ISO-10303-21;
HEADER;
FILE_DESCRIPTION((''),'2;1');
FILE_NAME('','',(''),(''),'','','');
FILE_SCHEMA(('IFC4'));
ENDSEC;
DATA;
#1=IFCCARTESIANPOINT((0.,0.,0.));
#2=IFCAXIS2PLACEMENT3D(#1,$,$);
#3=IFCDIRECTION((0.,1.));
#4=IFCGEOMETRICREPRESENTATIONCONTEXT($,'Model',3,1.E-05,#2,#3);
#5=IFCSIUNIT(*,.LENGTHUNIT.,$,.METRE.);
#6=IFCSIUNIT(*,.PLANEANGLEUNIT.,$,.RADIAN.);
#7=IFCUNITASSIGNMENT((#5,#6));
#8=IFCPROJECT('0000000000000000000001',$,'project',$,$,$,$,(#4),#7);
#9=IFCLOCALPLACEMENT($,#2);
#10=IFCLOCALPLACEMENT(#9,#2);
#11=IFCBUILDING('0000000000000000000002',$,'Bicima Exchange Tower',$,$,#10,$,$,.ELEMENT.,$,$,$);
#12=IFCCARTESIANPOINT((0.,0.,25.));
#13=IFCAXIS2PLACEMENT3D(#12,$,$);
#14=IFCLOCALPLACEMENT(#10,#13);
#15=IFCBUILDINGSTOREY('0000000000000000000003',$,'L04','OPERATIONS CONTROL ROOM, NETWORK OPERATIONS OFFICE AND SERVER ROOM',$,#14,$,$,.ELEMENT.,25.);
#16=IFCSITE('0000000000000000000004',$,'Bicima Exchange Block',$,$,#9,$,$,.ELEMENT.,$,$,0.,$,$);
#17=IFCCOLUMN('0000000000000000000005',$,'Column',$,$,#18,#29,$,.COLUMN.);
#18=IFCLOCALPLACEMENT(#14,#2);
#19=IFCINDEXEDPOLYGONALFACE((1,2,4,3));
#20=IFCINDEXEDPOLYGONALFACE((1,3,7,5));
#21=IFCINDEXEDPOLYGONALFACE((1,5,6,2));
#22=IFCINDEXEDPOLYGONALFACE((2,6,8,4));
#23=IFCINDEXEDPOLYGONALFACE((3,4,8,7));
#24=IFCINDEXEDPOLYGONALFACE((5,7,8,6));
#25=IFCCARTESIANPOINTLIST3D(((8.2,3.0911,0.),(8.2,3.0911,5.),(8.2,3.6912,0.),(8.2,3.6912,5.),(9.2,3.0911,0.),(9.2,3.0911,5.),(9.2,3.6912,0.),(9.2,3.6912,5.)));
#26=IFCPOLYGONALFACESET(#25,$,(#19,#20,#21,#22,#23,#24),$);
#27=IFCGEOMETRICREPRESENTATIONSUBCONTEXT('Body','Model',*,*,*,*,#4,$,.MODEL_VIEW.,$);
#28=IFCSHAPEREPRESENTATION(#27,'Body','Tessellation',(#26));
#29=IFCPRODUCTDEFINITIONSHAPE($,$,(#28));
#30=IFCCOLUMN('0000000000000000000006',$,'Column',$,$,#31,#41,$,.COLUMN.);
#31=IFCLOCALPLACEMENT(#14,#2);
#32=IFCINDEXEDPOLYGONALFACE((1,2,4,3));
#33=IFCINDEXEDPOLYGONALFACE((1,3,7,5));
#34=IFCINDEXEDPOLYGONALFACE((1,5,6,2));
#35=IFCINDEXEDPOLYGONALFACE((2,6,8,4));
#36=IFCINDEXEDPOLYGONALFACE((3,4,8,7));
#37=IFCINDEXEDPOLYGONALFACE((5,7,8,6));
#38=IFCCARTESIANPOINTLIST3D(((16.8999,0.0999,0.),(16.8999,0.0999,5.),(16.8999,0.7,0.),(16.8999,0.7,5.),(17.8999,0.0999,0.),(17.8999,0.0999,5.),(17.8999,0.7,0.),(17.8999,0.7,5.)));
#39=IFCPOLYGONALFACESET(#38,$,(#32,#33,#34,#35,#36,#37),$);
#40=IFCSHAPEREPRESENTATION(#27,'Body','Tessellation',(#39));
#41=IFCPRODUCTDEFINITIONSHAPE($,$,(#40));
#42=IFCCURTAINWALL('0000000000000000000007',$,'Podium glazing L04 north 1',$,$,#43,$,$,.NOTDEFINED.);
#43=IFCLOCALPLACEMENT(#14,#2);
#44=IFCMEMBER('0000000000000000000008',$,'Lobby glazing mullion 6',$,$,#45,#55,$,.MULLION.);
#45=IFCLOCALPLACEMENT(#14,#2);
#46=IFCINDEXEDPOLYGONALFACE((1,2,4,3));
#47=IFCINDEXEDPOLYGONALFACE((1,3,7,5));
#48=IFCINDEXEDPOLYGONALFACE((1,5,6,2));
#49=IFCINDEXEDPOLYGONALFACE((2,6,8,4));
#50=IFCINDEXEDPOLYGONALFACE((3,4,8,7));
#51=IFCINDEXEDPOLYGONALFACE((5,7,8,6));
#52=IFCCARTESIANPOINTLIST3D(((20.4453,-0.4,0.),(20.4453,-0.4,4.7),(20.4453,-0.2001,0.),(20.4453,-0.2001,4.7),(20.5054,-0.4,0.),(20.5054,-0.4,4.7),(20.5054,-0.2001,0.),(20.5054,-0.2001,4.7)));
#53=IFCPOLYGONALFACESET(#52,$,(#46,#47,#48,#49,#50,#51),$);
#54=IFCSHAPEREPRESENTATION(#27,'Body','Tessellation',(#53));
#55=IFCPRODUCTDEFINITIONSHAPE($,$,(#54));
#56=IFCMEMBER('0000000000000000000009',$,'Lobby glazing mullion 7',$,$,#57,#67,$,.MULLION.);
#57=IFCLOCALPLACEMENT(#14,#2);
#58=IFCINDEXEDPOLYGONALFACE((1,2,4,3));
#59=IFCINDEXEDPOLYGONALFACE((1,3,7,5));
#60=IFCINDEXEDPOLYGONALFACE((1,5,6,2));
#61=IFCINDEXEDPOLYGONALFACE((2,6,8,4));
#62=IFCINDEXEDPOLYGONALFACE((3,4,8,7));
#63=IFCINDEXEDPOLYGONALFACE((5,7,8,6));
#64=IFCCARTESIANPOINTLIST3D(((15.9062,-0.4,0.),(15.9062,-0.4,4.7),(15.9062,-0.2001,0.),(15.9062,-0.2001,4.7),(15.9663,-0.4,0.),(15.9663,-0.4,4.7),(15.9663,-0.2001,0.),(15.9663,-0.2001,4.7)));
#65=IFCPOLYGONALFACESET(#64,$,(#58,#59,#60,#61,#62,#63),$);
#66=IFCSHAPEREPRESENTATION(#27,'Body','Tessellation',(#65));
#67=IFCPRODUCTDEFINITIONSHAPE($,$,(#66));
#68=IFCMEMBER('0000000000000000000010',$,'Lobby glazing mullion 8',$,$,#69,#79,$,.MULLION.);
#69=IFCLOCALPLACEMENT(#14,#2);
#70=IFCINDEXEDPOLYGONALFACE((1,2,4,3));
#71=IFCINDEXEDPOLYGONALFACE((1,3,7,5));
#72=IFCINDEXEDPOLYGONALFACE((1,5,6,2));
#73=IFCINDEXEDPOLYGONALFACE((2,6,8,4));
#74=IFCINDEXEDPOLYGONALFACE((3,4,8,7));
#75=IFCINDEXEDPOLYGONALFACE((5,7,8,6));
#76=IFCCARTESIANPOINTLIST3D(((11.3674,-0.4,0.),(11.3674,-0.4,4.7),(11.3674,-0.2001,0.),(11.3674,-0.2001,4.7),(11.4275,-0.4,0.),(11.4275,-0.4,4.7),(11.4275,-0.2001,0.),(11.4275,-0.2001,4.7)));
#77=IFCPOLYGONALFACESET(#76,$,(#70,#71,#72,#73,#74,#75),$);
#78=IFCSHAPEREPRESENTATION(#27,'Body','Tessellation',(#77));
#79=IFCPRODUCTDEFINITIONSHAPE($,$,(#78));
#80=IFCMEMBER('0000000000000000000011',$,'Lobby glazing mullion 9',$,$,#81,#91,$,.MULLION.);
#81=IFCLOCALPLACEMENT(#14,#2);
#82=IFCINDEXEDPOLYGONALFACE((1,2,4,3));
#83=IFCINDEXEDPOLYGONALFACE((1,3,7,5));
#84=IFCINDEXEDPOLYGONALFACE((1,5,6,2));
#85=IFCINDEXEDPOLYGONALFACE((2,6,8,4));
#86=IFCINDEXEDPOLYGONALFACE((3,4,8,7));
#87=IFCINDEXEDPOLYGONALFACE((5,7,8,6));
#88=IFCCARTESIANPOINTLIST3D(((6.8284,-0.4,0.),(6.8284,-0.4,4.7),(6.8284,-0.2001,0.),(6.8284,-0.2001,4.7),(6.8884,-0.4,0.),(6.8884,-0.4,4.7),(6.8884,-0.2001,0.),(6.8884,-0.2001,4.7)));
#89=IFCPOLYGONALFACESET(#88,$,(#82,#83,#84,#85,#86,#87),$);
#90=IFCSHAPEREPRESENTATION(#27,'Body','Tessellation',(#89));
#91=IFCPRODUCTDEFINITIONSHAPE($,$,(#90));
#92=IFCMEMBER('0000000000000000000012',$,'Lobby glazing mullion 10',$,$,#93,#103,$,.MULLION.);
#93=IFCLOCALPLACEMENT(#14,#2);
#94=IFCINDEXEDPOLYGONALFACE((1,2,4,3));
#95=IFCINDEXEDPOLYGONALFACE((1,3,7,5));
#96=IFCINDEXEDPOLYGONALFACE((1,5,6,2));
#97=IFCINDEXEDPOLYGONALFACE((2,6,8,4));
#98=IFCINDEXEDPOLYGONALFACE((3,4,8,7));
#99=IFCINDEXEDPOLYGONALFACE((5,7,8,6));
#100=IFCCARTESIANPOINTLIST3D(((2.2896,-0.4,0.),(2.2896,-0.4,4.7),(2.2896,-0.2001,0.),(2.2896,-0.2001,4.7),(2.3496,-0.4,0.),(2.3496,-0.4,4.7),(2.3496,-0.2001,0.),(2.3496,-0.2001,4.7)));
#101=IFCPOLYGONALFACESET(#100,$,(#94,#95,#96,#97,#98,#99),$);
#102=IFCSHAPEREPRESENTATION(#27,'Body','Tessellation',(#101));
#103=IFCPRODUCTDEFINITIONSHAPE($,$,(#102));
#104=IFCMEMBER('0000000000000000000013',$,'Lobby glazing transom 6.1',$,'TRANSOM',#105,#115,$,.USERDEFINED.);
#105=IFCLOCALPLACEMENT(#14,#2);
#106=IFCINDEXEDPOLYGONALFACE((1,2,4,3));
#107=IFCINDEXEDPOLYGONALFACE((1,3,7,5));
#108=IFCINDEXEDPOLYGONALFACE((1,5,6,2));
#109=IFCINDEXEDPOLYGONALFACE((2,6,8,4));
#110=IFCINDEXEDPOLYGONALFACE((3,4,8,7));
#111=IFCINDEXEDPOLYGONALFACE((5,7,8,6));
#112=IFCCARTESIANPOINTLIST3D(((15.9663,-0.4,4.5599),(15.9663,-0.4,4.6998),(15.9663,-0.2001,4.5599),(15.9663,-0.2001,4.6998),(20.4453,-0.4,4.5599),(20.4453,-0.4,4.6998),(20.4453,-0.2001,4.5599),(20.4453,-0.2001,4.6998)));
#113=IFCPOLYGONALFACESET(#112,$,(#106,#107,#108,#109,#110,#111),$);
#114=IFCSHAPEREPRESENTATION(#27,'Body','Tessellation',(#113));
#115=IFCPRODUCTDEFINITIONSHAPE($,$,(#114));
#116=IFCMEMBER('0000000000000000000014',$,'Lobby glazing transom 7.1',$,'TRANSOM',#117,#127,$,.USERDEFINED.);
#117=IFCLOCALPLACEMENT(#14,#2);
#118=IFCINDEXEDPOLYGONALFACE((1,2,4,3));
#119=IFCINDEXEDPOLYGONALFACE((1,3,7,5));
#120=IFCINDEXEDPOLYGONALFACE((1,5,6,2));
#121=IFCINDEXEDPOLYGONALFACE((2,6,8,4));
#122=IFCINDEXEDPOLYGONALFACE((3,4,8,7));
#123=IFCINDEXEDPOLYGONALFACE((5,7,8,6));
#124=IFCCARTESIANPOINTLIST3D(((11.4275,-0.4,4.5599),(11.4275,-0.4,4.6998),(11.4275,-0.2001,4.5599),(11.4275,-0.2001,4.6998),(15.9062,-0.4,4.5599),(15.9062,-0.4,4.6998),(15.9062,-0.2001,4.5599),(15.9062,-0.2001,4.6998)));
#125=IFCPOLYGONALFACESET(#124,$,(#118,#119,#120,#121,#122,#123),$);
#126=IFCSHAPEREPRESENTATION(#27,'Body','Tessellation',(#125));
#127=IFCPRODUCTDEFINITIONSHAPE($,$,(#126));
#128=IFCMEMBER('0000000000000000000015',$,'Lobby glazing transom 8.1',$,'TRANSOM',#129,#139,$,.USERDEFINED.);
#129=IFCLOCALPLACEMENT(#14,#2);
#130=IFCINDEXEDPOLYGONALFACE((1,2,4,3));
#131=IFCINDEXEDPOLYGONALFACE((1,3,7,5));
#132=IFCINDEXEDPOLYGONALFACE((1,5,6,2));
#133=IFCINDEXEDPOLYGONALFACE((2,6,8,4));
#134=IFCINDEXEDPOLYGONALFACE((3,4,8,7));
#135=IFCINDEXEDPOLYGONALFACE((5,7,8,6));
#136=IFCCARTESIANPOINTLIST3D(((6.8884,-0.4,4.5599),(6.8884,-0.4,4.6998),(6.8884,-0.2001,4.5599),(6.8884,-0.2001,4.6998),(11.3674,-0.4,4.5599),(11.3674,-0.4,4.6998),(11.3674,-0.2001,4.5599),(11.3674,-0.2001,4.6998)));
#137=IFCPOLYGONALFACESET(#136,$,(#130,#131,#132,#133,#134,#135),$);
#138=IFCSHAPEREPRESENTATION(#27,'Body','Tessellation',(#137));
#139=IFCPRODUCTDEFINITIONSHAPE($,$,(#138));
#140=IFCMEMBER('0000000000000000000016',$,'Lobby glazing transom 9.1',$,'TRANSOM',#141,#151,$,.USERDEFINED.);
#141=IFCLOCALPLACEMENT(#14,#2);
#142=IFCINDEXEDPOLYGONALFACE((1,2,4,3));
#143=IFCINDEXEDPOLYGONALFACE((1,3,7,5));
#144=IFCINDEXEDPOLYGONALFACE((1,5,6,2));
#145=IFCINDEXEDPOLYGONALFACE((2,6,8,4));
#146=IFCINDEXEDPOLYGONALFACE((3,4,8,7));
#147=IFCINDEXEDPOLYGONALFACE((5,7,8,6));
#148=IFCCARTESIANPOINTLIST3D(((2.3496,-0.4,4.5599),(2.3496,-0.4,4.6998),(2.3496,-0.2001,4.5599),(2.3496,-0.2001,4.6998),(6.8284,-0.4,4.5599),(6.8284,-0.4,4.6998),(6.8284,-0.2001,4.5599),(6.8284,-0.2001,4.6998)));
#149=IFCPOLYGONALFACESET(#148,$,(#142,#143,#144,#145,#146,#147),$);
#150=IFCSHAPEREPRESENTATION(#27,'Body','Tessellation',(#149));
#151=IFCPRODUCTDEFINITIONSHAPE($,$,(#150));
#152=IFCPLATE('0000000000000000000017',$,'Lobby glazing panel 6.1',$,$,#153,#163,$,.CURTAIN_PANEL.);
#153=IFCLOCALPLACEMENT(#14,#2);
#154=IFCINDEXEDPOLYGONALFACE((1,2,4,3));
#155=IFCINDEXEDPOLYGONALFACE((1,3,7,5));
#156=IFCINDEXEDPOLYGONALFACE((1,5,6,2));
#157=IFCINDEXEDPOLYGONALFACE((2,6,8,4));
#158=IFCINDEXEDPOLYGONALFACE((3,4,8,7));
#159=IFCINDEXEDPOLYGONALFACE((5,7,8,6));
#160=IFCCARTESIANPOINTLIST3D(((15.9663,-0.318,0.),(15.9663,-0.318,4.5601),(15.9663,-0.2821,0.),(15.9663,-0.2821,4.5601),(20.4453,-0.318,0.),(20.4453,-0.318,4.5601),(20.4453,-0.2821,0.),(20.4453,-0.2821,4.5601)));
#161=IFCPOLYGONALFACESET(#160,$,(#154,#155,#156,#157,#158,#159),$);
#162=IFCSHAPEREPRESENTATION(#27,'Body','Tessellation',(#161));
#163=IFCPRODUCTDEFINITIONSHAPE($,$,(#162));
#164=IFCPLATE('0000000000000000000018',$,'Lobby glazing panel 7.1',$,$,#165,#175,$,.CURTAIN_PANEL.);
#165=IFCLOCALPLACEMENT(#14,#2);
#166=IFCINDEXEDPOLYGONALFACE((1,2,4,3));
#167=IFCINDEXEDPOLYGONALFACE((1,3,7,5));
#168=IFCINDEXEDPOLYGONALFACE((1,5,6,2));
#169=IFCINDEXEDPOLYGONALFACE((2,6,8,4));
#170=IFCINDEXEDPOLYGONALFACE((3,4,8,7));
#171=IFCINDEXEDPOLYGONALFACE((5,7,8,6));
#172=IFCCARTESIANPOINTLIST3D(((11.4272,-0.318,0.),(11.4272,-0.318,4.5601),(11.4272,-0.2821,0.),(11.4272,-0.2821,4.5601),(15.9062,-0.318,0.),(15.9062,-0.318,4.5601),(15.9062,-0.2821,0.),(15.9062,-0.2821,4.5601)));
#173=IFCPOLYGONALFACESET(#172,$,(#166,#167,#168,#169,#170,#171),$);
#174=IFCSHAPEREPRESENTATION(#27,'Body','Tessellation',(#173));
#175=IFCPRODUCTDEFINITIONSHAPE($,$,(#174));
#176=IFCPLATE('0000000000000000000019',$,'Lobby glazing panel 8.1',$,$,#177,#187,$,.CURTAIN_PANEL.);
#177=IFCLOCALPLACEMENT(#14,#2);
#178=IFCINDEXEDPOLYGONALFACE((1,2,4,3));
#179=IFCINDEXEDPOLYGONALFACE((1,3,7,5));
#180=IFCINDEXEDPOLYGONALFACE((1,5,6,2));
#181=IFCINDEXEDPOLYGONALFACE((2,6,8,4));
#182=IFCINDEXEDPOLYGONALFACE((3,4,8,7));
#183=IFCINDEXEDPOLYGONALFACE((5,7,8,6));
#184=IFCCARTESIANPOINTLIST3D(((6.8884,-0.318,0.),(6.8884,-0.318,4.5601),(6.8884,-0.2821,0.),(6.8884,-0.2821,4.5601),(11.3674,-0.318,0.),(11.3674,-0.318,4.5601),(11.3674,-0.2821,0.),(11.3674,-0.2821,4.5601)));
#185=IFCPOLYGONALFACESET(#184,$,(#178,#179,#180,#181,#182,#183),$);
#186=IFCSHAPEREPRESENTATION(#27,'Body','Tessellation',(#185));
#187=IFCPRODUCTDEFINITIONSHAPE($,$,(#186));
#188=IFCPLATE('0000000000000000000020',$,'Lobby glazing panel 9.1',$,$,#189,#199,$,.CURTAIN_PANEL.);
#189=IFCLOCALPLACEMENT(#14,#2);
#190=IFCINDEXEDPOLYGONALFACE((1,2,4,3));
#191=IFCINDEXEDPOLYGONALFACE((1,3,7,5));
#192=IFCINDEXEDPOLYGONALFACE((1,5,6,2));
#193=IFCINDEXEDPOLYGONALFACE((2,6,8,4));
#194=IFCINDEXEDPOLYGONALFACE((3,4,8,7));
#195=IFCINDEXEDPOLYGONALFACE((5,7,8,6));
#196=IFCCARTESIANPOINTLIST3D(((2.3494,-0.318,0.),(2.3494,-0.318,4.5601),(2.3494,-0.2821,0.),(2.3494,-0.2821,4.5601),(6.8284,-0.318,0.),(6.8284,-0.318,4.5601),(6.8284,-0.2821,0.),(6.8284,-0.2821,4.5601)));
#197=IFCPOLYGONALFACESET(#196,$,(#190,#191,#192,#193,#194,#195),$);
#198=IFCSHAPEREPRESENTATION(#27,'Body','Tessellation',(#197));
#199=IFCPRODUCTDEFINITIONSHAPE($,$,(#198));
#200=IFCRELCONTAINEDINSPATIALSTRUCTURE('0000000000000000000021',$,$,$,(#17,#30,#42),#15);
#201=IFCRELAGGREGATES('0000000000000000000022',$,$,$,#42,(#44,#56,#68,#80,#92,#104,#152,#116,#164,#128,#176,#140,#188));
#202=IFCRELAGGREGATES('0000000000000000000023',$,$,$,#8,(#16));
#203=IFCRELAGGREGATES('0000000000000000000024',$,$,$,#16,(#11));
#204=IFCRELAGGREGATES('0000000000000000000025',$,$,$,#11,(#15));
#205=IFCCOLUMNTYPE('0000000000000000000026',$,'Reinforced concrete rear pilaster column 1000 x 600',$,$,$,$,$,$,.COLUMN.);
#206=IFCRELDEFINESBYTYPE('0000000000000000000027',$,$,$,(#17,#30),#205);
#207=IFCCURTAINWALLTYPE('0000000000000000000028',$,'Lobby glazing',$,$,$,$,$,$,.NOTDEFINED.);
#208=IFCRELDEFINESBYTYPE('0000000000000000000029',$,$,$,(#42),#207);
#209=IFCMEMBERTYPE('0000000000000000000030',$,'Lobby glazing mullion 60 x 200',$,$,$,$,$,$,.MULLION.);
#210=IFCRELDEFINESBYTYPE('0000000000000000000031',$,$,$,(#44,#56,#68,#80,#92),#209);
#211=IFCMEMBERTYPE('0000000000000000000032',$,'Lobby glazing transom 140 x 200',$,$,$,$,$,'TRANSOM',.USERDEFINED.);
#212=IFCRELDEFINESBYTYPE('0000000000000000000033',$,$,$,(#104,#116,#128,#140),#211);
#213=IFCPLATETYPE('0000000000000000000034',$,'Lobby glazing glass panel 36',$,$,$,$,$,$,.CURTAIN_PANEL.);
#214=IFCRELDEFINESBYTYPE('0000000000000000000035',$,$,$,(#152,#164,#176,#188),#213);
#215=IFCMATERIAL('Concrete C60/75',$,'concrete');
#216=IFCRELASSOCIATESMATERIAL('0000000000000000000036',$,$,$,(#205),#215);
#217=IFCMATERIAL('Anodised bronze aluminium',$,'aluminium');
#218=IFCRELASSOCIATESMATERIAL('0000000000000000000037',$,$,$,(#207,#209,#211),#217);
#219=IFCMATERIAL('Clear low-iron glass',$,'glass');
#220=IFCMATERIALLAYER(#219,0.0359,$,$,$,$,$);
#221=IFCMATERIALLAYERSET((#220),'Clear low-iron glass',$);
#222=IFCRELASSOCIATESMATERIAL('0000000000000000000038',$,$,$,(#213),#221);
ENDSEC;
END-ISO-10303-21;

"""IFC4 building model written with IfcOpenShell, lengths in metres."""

from ifc_helpers import new_model, si_unit, direction, frame, origin, origin_2d, place, context, subcontext, project, spatial, rectangle, extrude, material, layer, layer_set, material_profile, profile_set, type_object, element, aggregate, save


model = new_model("IFC4")

# Units and contexts
model_context = context("Model", 3, precision=1e-05, world=origin(), true_north=direction((0.0, 1.0)))
body_context = subcontext(model_context, "Body", "Model", "MODEL_VIEW")
ifc_project = project(units=[si_unit("LENGTHUNIT", "METRE"), si_unit("PLANEANGLEUNIT", "RADIAN")], contexts=[model_context])

# Site, building, storey
site_placement = place(None, origin())
site = spatial("IfcSite", under=ifc_project, at=site_placement, Name="Bicima Exchange Block", CompositionType="ELEMENT", RefElevation=0.0)
building_placement = place(site_placement, origin())
building = spatial("IfcBuilding", under=site, at=building_placement, Name="Bicima Exchange Tower", CompositionType="ELEMENT")
storey_placement = place(building_placement, frame((0.0, 0.0, 25.0)))
storey = spatial("IfcBuildingStorey", under=building, at=storey_placement, Name="L04", Description="OPERATIONS CONTROL ROOM, NETWORK OPERATIONS OFFICE AND SERVER ROOM", CompositionType="ELEMENT", Elevation=25.0)

# Columns
ifc_material_1 = material(Name="Concrete C60/75", Category="concrete")
ifc_material_profile_1 = material_profile(ifc_material_1, rectangle(XDim=1.0, YDim=0.6001, at=origin_2d()))
ifc_profile_set_1 = profile_set([ifc_material_profile_1], Name="Concrete C60/75")
column_type = type_object("IfcColumnType", Name="Reinforced concrete rear pilaster column 1000 x 600", PredefinedType="COLUMN", material=ifc_profile_set_1)
for number, where, z_axis, x_axis, name in (
    (1, (8.7, 3.3911, 0.0), (0.0, 0.0, 1.0), (1.0, 0.0, 0.0), "Column"),
    (2, (17.3999, 0.3999, 0.0), (0.0, 0.0, 1.0), (1.0, 0.0, 0.0), "Column"),
):
    element("IfcColumn", number, at=place(storey_placement, frame(where, z_axis=z_axis, x_axis=x_axis)), inside=storey, type_object=column_type, Name=name, PredefinedType="COLUMN", context=body_context, shape_type="SweptSolid", body=[
        extrude(rectangle(XDim=1.0, YDim=0.6001, at=origin_2d()), origin(), (0.0, 0.0, 1.0), 5.0),
    ])

# Curtain wall, members, plates
ifc_material_2 = material(Name="Anodised bronze aluminium", Category="aluminium")
curtain_wall_type = type_object("IfcCurtainWallType", Name="Lobby glazing", PredefinedType="NOTDEFINED", material=ifc_material_2)
curtain_wall_placement = place(storey_placement, origin())
curtain_wall = element("IfcCurtainWall", 3, at=curtain_wall_placement, inside=storey, type_object=curtain_wall_type, Name="Podium glazing L04 north 1", PredefinedType="NOTDEFINED")
ifc_material_profile_2 = material_profile(ifc_material_2, rectangle(XDim=0.2, YDim=0.0601, at=origin_2d()))
ifc_profile_set_2 = profile_set([ifc_material_profile_2], Name="Anodised bronze aluminium")
member_type_1 = type_object("IfcMemberType", Name="Lobby glazing mullion 60 x 200", PredefinedType="MULLION", material=ifc_profile_set_2)
member_1_placement = place(storey_placement, frame((20.4753, -0.3, 0.0), z_axis=(0.0, 0.0, 1.0), x_axis=(0.0, -1.0, 0.0)))
member_1 = element("IfcMember", 4, at=member_1_placement, type_object=member_type_1, Name="Lobby glazing mullion 6", PredefinedType="MULLION", context=body_context, shape_type="SweptSolid", body=[
    extrude(rectangle(XDim=0.2, YDim=0.0601, at=origin_2d()), origin(), (0.0, 0.0, 1.0), 4.7),
])
member_2_placement = place(storey_placement, frame((15.9363, -0.3, 0.0), z_axis=(0.0, 0.0, 1.0), x_axis=(0.0, -1.0, 0.0)))
member_2 = element("IfcMember", 5, at=member_2_placement, type_object=member_type_1, Name="Lobby glazing mullion 7", PredefinedType="MULLION", context=body_context, shape_type="SweptSolid", body=[
    extrude(rectangle(XDim=0.2, YDim=0.0601, at=origin_2d()), origin(), (0.0, 0.0, 1.0), 4.7),
])
member_3_placement = place(storey_placement, frame((11.3975, -0.3, 0.0), z_axis=(0.0, 0.0, 1.0), x_axis=(0.0, -1.0, 0.0)))
member_3 = element("IfcMember", 6, at=member_3_placement, type_object=member_type_1, Name="Lobby glazing mullion 8", PredefinedType="MULLION", context=body_context, shape_type="SweptSolid", body=[
    extrude(rectangle(XDim=0.2, YDim=0.0601, at=origin_2d()), origin(), (0.0, 0.0, 1.0), 4.7),
])
member_4_placement = place(storey_placement, frame((6.8584, -0.3, 0.0), z_axis=(0.0, 0.0, 1.0), x_axis=(0.0, -1.0, 0.0)))
member_4 = element("IfcMember", 7, at=member_4_placement, type_object=member_type_1, Name="Lobby glazing mullion 9", PredefinedType="MULLION", context=body_context, shape_type="SweptSolid", body=[
    extrude(rectangle(XDim=0.2, YDim=0.0601, at=origin_2d()), origin(), (0.0, 0.0, 1.0), 4.7),
])
member_5_placement = place(storey_placement, frame((2.3196, -0.3, 0.0), z_axis=(0.0, 0.0, 1.0), x_axis=(0.0, -1.0, 0.0)))
member_5 = element("IfcMember", 8, at=member_5_placement, type_object=member_type_1, Name="Lobby glazing mullion 10", PredefinedType="MULLION", context=body_context, shape_type="SweptSolid", body=[
    extrude(rectangle(XDim=0.2, YDim=0.0601, at=origin_2d()), origin(), (0.0, 0.0, 1.0), 4.7),
])
ifc_material_profile_3 = material_profile(ifc_material_2, rectangle(XDim=0.2, YDim=0.1399, at=origin_2d()))
ifc_profile_set_3 = profile_set([ifc_material_profile_3], Name="Anodised bronze aluminium")
member_type_2 = type_object("IfcMemberType", Name="Lobby glazing transom 140 x 200", ElementType="TRANSOM", PredefinedType="USERDEFINED", material=ifc_profile_set_3)
member_6_placement = place(storey_placement, frame((20.4453, -0.3, 4.6299), z_axis=(-1.0, 0.0, 0.0), x_axis=(0.0, -1.0, 0.0)))
member_6 = element("IfcMember", 9, at=member_6_placement, type_object=member_type_2, Name="Lobby glazing transom 6.1", ObjectType="TRANSOM", PredefinedType="USERDEFINED", context=body_context, shape_type="SweptSolid", body=[
    extrude(rectangle(XDim=0.2, YDim=0.1399, at=origin_2d()), origin(), (0.0, 0.0, 1.0), 4.479),
])
member_7_placement = place(storey_placement, frame((15.9062, -0.3, 4.6299), z_axis=(-1.0, 0.0, 0.0), x_axis=(0.0, -1.0, 0.0)))
member_7 = element("IfcMember", 10, at=member_7_placement, type_object=member_type_2, Name="Lobby glazing transom 7.1", ObjectType="TRANSOM", PredefinedType="USERDEFINED", context=body_context, shape_type="SweptSolid", body=[
    extrude(rectangle(XDim=0.2, YDim=0.1399, at=origin_2d()), origin(), (0.0, 0.0, 1.0), 4.4788),
])
member_8_placement = place(storey_placement, frame((11.3674, -0.3, 4.6299), z_axis=(-1.0, 0.0, 0.0), x_axis=(0.0, -1.0, 0.0)))
member_8 = element("IfcMember", 11, at=member_8_placement, type_object=member_type_2, Name="Lobby glazing transom 8.1", ObjectType="TRANSOM", PredefinedType="USERDEFINED", context=body_context, shape_type="SweptSolid", body=[
    extrude(rectangle(XDim=0.2, YDim=0.1399, at=origin_2d()), origin(), (0.0, 0.0, 1.0), 4.479),
])
member_9_placement = place(storey_placement, frame((6.8284, -0.3, 4.6299), z_axis=(-1.0, 0.0, 0.0), x_axis=(0.0, -1.0, 0.0)))
member_9 = element("IfcMember", 12, at=member_9_placement, type_object=member_type_2, Name="Lobby glazing transom 9.1", ObjectType="TRANSOM", PredefinedType="USERDEFINED", context=body_context, shape_type="SweptSolid", body=[
    extrude(rectangle(XDim=0.2, YDim=0.1399, at=origin_2d()), origin(), (0.0, 0.0, 1.0), 4.4788),
])
ifc_material_3 = material(Name="Clear low-iron glass", Category="glass")
ifc_layer_1 = layer(ifc_material_3, 0.0359)
ifc_layer_set_1 = layer_set([ifc_layer_1], Name="Clear low-iron glass")
plate_type = type_object("IfcPlateType", Name="Lobby glazing glass panel 36", PredefinedType="CURTAIN_PANEL", material=ifc_layer_set_1)
plate_1_placement = place(storey_placement, frame((18.2058, -0.3, 0.0), z_axis=(0.0, 0.0, 1.0), x_axis=(-1.0, 0.0, 0.0)))
plate_1 = element("IfcPlate", 13, at=plate_1_placement, type_object=plate_type, Name="Lobby glazing panel 6.1", PredefinedType="CURTAIN_PANEL", context=body_context, shape_type="SweptSolid", body=[
    extrude(rectangle(XDim=4.479, YDim=0.0359, at=origin_2d()), origin(), (0.0, 0.0, 1.0), 4.5601),
])
plate_2_placement = place(storey_placement, frame((13.6667, -0.3, 0.0), z_axis=(0.0, 0.0, 1.0), x_axis=(-1.0, 0.0, 0.0)))
plate_2 = element("IfcPlate", 14, at=plate_2_placement, type_object=plate_type, Name="Lobby glazing panel 7.1", PredefinedType="CURTAIN_PANEL", context=body_context, shape_type="SweptSolid", body=[
    extrude(rectangle(XDim=4.479, YDim=0.0359, at=origin_2d()), origin(), (0.0, 0.0, 1.0), 4.5601),
])
plate_3_placement = place(storey_placement, frame((9.1279, -0.3, 0.0), z_axis=(0.0, 0.0, 1.0), x_axis=(-1.0, 0.0, 0.0)))
plate_3 = element("IfcPlate", 15, at=plate_3_placement, type_object=plate_type, Name="Lobby glazing panel 8.1", PredefinedType="CURTAIN_PANEL", context=body_context, shape_type="SweptSolid", body=[
    extrude(rectangle(XDim=4.479, YDim=0.0359, at=origin_2d()), origin(), (0.0, 0.0, 1.0), 4.5601),
])
plate_4_placement = place(storey_placement, frame((4.5889, -0.3, 0.0), z_axis=(0.0, 0.0, 1.0), x_axis=(-1.0, 0.0, 0.0)))
plate_4 = element("IfcPlate", 16, at=plate_4_placement, type_object=plate_type, Name="Lobby glazing panel 9.1", PredefinedType="CURTAIN_PANEL", context=body_context, shape_type="SweptSolid", body=[
    extrude(rectangle(XDim=4.479, YDim=0.0359, at=origin_2d()), origin(), (0.0, 0.0, 1.0), 4.5601),
])
aggregate(curtain_wall, [member_1, member_2, member_3, member_4, member_5, member_6, plate_1, member_7, plate_2, member_8, plate_3, member_9, plate_4])

save(model, "model.ifc")
